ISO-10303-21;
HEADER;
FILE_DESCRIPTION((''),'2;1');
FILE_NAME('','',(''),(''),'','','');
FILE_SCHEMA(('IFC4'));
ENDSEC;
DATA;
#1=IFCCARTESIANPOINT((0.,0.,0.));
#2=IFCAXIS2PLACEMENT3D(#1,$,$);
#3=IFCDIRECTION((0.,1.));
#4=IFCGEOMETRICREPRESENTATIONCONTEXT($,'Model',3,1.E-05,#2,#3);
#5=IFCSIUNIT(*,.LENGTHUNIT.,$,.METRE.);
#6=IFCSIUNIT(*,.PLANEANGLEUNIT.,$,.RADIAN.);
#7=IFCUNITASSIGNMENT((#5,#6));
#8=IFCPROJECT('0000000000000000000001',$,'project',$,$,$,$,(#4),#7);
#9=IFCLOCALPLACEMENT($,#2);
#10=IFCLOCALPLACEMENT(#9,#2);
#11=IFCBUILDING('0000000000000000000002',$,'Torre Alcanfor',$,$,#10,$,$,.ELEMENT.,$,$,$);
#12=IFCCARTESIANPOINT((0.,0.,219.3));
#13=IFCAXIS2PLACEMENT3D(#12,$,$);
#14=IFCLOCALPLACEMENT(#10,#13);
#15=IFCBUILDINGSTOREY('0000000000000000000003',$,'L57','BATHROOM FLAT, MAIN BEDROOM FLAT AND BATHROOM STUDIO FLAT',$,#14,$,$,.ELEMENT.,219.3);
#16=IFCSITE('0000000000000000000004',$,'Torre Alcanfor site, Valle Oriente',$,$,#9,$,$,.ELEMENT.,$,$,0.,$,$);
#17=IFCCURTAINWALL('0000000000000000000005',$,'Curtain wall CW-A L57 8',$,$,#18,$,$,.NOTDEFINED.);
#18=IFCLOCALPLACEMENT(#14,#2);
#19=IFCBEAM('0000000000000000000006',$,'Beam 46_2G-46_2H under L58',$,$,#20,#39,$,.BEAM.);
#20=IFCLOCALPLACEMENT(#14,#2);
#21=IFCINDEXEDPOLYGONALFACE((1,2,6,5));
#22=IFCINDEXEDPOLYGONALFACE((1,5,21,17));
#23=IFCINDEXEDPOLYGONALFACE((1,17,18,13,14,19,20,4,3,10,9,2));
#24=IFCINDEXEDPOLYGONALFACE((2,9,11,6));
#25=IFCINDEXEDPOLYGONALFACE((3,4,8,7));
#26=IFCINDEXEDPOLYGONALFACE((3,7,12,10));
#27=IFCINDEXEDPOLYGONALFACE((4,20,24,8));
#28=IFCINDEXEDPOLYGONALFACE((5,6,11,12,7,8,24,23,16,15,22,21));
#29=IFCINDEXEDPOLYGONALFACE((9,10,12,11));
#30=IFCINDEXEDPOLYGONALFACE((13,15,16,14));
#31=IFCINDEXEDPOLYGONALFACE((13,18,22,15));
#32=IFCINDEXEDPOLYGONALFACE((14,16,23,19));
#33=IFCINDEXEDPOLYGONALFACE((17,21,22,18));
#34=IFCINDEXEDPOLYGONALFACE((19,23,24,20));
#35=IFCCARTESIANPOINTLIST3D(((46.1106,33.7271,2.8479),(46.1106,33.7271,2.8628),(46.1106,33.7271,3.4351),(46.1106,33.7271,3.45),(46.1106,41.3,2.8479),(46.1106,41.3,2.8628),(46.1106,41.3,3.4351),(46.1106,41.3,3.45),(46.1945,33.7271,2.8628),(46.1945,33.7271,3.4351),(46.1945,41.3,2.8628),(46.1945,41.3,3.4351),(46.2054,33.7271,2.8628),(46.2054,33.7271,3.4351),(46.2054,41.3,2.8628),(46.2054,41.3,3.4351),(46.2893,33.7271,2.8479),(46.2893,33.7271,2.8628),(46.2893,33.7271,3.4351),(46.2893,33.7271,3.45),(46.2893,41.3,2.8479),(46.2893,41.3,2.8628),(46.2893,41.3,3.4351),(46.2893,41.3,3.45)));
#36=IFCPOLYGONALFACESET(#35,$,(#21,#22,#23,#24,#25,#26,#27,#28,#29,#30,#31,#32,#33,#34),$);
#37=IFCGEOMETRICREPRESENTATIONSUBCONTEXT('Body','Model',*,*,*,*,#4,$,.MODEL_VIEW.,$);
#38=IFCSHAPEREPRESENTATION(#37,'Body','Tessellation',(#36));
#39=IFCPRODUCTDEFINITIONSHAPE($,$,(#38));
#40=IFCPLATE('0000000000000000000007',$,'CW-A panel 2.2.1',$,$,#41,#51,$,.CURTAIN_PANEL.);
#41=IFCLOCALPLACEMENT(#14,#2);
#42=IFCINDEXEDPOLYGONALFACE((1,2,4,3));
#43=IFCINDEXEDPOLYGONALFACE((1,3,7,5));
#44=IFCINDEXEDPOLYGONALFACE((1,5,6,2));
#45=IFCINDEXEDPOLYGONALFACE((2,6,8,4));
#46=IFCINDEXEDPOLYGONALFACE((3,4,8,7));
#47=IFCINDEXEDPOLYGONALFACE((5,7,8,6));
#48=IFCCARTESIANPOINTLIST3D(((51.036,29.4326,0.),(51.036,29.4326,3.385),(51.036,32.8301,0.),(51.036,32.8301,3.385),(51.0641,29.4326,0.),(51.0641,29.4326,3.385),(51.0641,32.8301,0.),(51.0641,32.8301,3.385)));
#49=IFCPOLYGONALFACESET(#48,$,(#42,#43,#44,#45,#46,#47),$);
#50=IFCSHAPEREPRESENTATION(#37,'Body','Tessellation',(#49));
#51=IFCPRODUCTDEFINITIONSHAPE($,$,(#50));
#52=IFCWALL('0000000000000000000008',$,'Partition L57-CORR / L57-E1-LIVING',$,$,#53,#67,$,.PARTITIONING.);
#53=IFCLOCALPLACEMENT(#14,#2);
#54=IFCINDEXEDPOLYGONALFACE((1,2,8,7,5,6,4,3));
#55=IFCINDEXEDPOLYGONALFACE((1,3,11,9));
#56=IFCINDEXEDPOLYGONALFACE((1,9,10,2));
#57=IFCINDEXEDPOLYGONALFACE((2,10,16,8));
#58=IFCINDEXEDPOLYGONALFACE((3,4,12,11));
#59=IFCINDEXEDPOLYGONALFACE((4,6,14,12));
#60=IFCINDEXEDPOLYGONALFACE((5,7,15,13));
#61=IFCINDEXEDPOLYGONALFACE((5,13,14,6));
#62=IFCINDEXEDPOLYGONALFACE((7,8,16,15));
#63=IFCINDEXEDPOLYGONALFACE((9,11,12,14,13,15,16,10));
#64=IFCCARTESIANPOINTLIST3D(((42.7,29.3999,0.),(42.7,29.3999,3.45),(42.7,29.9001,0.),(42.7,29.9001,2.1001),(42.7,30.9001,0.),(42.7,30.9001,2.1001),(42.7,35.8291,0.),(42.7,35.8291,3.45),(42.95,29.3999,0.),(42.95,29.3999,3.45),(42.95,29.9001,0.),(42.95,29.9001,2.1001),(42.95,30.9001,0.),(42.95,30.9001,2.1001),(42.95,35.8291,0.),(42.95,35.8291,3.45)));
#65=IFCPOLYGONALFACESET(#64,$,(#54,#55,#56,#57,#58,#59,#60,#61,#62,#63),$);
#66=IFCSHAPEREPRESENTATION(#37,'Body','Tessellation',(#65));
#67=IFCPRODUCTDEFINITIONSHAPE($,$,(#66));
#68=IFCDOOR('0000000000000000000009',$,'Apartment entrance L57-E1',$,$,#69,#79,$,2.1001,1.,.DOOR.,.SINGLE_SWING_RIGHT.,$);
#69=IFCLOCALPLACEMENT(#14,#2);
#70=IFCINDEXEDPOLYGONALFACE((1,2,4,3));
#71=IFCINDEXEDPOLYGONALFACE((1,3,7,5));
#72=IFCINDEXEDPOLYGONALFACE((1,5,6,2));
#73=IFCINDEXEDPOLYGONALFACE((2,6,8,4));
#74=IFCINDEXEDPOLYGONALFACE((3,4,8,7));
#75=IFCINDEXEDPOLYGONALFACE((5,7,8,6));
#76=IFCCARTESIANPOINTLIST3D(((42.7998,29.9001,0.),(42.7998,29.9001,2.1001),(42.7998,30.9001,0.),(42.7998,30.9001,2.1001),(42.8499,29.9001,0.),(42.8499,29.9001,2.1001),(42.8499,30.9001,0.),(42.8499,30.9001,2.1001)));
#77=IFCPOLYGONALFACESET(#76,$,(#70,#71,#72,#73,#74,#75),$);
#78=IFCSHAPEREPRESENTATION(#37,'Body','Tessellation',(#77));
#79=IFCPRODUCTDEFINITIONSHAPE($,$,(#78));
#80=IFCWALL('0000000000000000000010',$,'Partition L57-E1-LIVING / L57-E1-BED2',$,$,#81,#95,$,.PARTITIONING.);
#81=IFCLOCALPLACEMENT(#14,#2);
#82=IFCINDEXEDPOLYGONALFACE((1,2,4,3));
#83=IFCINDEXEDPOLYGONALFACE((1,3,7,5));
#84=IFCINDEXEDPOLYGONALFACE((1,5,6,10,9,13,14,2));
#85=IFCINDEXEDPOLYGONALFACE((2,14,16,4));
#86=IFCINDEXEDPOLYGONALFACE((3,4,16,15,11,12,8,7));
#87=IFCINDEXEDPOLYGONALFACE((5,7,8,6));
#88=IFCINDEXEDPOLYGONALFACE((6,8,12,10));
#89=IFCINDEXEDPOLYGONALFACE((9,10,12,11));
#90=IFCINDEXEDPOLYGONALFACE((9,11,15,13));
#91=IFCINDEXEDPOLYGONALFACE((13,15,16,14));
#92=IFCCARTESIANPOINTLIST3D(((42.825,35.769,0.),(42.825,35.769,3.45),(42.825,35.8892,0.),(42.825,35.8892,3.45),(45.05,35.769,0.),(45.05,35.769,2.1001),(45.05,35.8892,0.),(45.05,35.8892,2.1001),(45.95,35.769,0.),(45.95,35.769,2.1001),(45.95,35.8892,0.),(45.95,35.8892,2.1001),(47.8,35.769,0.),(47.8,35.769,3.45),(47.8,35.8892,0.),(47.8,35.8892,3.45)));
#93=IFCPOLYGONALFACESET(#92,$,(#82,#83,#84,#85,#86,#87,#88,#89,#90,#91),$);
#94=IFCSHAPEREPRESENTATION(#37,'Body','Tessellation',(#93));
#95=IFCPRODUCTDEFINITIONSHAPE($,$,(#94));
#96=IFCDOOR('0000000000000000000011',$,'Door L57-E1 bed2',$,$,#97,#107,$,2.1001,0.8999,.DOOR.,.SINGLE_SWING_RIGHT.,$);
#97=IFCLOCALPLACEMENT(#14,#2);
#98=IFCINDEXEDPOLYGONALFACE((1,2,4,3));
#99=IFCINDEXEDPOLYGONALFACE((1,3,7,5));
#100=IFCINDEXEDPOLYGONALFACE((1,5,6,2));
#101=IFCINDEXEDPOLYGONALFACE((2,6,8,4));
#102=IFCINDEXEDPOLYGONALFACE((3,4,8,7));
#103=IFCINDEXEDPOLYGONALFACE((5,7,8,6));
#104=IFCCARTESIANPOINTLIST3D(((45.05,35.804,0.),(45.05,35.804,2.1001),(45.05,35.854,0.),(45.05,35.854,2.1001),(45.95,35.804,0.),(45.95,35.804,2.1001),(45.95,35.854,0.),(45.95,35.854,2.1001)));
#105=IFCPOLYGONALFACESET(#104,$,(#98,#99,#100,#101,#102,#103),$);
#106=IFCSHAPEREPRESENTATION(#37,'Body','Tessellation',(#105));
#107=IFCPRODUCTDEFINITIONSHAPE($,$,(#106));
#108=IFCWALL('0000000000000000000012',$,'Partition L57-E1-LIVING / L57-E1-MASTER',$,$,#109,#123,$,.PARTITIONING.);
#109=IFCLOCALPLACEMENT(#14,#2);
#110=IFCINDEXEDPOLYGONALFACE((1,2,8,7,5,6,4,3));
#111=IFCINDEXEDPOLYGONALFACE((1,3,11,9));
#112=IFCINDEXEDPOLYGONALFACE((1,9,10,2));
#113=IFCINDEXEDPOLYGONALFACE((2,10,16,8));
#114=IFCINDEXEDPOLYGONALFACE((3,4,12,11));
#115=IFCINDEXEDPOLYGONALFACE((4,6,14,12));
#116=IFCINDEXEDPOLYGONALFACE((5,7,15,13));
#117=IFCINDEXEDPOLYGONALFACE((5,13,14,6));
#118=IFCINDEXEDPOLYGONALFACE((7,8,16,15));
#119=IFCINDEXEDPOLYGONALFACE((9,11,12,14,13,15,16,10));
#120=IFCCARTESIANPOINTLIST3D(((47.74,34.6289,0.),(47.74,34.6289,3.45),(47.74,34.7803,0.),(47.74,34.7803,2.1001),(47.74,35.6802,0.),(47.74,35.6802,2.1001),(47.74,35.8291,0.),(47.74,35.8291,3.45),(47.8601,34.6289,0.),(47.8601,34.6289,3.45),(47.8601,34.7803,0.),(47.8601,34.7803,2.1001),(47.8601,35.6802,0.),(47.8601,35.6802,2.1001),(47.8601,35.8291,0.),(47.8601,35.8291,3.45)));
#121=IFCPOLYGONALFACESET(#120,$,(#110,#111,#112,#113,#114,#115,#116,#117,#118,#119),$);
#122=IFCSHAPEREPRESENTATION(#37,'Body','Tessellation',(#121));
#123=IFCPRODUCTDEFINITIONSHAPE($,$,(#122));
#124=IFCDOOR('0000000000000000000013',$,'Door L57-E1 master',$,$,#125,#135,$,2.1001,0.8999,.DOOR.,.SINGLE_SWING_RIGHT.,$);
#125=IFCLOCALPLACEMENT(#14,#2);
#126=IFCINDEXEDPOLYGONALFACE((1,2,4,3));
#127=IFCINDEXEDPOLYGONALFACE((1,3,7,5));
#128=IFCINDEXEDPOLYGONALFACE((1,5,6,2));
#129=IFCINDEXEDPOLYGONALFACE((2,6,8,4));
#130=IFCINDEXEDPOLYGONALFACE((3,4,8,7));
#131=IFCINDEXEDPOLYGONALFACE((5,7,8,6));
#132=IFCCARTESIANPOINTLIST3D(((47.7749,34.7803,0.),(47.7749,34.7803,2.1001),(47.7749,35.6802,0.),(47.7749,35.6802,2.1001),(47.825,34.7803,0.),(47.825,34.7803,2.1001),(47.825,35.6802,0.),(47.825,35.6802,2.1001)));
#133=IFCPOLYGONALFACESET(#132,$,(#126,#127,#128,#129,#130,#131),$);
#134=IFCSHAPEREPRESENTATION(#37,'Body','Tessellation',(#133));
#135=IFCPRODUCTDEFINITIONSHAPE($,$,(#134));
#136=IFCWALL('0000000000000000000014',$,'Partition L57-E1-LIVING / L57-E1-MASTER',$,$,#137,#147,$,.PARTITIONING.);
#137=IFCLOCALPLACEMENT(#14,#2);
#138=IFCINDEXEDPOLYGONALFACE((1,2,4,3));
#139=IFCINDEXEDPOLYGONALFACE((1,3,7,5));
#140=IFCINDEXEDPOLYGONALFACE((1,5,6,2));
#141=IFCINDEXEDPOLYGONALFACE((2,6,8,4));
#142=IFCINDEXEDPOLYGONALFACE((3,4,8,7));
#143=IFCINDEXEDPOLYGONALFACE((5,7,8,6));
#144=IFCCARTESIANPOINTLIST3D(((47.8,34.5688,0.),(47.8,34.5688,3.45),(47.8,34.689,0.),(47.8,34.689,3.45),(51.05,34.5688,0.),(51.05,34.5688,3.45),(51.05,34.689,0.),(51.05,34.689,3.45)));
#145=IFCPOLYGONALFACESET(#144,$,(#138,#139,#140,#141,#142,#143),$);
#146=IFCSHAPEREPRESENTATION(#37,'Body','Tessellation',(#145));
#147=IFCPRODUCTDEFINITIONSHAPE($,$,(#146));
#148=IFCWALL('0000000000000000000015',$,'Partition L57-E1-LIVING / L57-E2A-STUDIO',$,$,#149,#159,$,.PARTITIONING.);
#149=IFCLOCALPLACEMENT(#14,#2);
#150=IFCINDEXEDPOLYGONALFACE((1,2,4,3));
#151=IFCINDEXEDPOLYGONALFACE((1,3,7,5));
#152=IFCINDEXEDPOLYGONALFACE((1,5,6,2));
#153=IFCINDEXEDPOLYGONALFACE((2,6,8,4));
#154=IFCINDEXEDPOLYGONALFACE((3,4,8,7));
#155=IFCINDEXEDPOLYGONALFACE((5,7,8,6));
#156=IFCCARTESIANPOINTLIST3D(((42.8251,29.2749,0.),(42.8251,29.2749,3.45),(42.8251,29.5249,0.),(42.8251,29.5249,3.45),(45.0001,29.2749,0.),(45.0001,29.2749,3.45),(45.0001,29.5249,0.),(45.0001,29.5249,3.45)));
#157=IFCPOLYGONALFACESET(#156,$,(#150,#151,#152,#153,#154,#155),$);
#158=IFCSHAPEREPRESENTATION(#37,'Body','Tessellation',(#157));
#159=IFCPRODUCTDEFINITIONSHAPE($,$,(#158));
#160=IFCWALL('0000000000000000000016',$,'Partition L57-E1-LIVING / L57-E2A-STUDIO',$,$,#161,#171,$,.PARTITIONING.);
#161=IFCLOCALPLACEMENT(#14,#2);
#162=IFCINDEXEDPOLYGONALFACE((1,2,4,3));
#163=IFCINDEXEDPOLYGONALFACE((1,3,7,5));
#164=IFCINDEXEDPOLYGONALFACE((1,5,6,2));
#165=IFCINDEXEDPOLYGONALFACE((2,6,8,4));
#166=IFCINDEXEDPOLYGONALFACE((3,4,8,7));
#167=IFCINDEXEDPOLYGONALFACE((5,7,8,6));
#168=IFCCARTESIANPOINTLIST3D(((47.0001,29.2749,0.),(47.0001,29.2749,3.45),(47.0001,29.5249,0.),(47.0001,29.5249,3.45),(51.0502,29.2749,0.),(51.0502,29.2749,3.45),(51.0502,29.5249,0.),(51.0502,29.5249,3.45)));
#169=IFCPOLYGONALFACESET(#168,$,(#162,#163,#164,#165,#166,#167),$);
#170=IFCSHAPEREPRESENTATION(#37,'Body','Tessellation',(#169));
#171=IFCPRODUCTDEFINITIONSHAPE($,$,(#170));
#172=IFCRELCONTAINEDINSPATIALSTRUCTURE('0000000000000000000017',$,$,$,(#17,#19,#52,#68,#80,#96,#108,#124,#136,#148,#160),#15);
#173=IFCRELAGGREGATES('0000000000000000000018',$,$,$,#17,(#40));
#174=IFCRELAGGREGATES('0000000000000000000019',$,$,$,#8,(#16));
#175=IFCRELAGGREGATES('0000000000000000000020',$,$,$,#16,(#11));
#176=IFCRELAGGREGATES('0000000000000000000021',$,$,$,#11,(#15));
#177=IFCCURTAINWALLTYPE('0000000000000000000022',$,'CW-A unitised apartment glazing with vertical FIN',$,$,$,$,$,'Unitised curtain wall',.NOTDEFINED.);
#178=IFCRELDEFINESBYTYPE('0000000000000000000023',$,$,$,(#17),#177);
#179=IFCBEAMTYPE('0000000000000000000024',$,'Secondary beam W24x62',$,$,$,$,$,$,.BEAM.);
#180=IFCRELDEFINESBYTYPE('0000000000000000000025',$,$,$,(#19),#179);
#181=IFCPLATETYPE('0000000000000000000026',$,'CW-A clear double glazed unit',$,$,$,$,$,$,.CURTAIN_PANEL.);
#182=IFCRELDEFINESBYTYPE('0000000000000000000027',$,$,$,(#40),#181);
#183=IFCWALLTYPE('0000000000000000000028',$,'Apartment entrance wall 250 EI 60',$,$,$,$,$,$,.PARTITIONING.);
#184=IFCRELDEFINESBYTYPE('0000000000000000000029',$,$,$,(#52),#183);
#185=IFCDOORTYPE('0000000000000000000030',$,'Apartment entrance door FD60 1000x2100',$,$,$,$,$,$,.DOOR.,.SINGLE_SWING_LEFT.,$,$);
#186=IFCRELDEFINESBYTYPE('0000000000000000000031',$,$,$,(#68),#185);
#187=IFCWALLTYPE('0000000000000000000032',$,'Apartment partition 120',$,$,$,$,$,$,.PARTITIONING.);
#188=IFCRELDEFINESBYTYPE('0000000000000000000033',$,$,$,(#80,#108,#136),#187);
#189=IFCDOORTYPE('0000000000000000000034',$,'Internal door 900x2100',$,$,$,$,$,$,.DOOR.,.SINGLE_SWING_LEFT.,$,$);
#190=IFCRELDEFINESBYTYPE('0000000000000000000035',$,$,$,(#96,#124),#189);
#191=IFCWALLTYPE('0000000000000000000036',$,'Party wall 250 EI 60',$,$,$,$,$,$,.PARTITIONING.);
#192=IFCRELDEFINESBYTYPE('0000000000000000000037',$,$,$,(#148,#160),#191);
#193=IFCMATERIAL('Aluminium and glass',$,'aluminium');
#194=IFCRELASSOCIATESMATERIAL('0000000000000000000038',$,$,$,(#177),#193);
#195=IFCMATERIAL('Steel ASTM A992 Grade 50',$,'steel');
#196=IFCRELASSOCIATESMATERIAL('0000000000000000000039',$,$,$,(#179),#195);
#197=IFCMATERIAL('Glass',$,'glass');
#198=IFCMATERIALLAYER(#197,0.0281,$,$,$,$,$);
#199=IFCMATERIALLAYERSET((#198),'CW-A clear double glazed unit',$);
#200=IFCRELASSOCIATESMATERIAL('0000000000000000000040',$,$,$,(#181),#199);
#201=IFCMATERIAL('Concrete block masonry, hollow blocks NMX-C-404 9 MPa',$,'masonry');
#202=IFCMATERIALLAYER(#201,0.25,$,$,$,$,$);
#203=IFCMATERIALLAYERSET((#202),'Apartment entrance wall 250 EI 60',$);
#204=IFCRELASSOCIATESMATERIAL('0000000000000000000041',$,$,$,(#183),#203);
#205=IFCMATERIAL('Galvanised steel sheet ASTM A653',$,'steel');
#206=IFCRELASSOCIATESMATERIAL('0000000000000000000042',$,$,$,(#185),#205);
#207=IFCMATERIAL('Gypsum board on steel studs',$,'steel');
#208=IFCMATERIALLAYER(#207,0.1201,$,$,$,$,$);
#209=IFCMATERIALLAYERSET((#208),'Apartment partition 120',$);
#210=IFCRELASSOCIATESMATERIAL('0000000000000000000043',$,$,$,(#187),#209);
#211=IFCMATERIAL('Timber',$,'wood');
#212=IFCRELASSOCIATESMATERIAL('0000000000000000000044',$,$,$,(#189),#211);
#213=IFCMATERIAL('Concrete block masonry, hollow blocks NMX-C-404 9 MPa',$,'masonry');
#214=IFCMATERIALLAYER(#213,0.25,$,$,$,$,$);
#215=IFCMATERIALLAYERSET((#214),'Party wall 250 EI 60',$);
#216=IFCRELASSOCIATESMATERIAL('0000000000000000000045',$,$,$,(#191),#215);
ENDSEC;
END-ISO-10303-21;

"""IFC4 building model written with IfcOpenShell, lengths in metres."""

from ifc_helpers import new_model, si_unit, direction, frame, frame_2d, origin, origin_2d, place, context, subcontext, project, spatial, rectangle, i_section, extrude, material, layer, layer_set, material_profile, profile_set, type_object, element, fill, aggregate, save


model = new_model("IFC4")

# Units and contexts
model_context = context("Model", 3, precision=1e-05, world=origin(), true_north=direction((0.0, 1.0)))
body_context = subcontext(model_context, "Body", "Model", "MODEL_VIEW")
ifc_project = project(units=[si_unit("LENGTHUNIT", "METRE"), si_unit("PLANEANGLEUNIT", "RADIAN")], contexts=[model_context])

# Site, building, storey
site_placement = place(None, origin())
site = spatial("IfcSite", under=ifc_project, at=site_placement, Name="Torre Alcanfor site, Valle Oriente", CompositionType="ELEMENT", RefElevation=0.0)
building_placement = place(site_placement, origin())
building = spatial("IfcBuilding", under=site, at=building_placement, Name="Torre Alcanfor", CompositionType="ELEMENT")
storey_placement = place(building_placement, frame((0.0, 0.0, 219.3)))
storey = spatial("IfcBuildingStorey", under=building, at=storey_placement, Name="L57", Description="BATHROOM FLAT, MAIN BEDROOM FLAT AND BATHROOM STUDIO FLAT", CompositionType="ELEMENT", Elevation=219.3)

# Curtain wall
ifc_material_1 = material(Name="Aluminium and glass", Category="aluminium")
curtain_wall_type = type_object("IfcCurtainWallType", Name="CW-A unitised apartment glazing with vertical FIN", ElementType="Unitised curtain wall", PredefinedType="NOTDEFINED", material=ifc_material_1)
curtain_wall_placement = place(storey_placement, origin())
curtain_wall = element("IfcCurtainWall", 1, at=curtain_wall_placement, inside=storey, type_object=curtain_wall_type, Name="Curtain wall CW-A L57 8", PredefinedType="NOTDEFINED")

# Beam
ifc_material_2 = material(Name="Steel ASTM A992 Grade 50", Category="steel")
ifc_material_profile_1 = material_profile(ifc_material_2, i_section(OverallWidth=0.1787, OverallDepth=0.6021, WebThickness=0.011, FlangeThickness=0.0149, at=origin_2d()), Name="W24x62")
ifc_profile_set_1 = profile_set([ifc_material_profile_1], Name="Steel ASTM A992 Grade 50")
beam_type_1 = type_object("IfcBeamType", Name="Secondary beam W24x62", PredefinedType="BEAM", material=ifc_profile_set_1)
beam_1_placement = place(storey_placement, frame((46.2, 33.7271, 3.1489), z_axis=(0.0, 1.0, 0.0), x_axis=(-1.0, 0.0, 0.0)))
element("IfcBeam", 2, at=beam_1_placement, inside=storey, type_object=beam_type_1, Name="Beam 46_2G-46_2H under L58", PredefinedType="BEAM", context=body_context, shape_type="SweptSolid", body=[
    extrude(i_section(OverallWidth=0.1787, OverallDepth=0.6021, WebThickness=0.011, FlangeThickness=0.0149, at=origin_2d()), origin(), (0.0, 0.0, 1.0), 7.573),
])

# Plate
ifc_material_3 = material(Name="Glass", Category="glass")
ifc_layer_1 = layer(ifc_material_3, 0.0281)
ifc_layer_set_1 = layer_set([ifc_layer_1], Name="CW-A clear double glazed unit")
plate_type = type_object("IfcPlateType", Name="CW-A clear double glazed unit", PredefinedType="CURTAIN_PANEL", material=ifc_layer_set_1)
plate_placement = place(storey_placement, frame((51.05, 31.1313, 0.0), z_axis=(0.0, 0.0, 1.0), x_axis=(0.0, 1.0, 0.0)))
plate = element("IfcPlate", 3, at=plate_placement, type_object=plate_type, Name="CW-A panel 2.2.1", PredefinedType="CURTAIN_PANEL", context=body_context, shape_type="SweptSolid", body=[
    extrude(rectangle(XDim=3.3975, YDim=0.0281, at=origin_2d()), origin(), (0.0, 0.0, 1.0), 3.385),
])
aggregate(curtain_wall, [plate])

# Walls, openings, doors
ifc_material_4 = material(Name="Concrete block masonry, hollow blocks NMX-C-404 9 MPa", Category="masonry")
ifc_layer_2 = layer(ifc_material_4, 0.25)
ifc_layer_set_2 = layer_set([ifc_layer_2], Name="Apartment entrance wall 250 EI 60")
wall_type_1 = type_object("IfcWallType", Name="Apartment entrance wall 250 EI 60", PredefinedType="PARTITIONING", material=ifc_layer_set_2)
wall_1_placement = place(storey_placement, frame((42.825, 35.8291, 0.0), z_axis=(0.0, 0.0, 1.0), x_axis=(0.0, -1.0, 0.0)))
wall_1 = element("IfcWall", 4, at=wall_1_placement, inside=storey, type_object=wall_type_1, Name="Partition L57-CORR / L57-E1-LIVING", PredefinedType="PARTITIONING", context=body_context, shape_type="SweptSolid", body=[
    extrude(rectangle(XDim=6.4292, YDim=0.25, at=frame_2d((3.2146, 0.0))), origin(), (0.0, 0.0, 1.0), 3.45),
])
opening_1_placement = place(wall_1_placement, frame((4.929, 0.0, 0.0)))
opening_1 = element("IfcOpeningElement", 5, at=opening_1_placement, cuts=wall_1, PredefinedType="OPENING", context=body_context, shape_type="SweptSolid", body=[
    extrude(rectangle(XDim=1.0, YDim=2.1001, at=frame_2d((0.5, 1.05))), frame((0.0, 0.135, 0.0), z_axis=(0.0, -1.0, 0.0), x_axis=(1.0, 0.0, 0.0)), (0.0, 0.0, 1.0), 0.27),
])
ifc_material_5 = material(Name="Galvanised steel sheet ASTM A653", Category="steel")
door_type_1 = type_object("IfcDoorType", Name="Apartment entrance door FD60 1000x2100", OperationType="SINGLE_SWING_LEFT", PredefinedType="DOOR", material=ifc_material_5)
door_1_placement = place(opening_1_placement, origin())
door_1 = element("IfcDoor", 6, at=door_1_placement, inside=storey, type_object=door_type_1, Name="Apartment entrance L57-E1", OperationType="SINGLE_SWING_RIGHT", OverallHeight=2.1001, OverallWidth=1.0, PredefinedType="DOOR", context=body_context, shape_type="SweptSolid", body=[
    extrude(rectangle(XDim=1.0, YDim=2.1001, at=frame_2d((0.5, 1.05))), frame((0.0, 0.0249, 0.0), z_axis=(0.0, -1.0, 0.0), x_axis=(1.0, 0.0, 0.0)), (0.0, 0.0, 1.0), 0.05),
])
fill(opening_1, door_1)
ifc_material_6 = material(Name="Gypsum board on steel studs", Category="steel")
ifc_layer_3 = layer(ifc_material_6, 0.1201)
ifc_layer_set_3 = layer_set([ifc_layer_3], Name="Apartment partition 120")
wall_type_2 = type_object("IfcWallType", Name="Apartment partition 120", PredefinedType="PARTITIONING", material=ifc_layer_set_3)
wall_2_placement = place(storey_placement, frame((42.825, 35.8291, 0.0), z_axis=(0.0, 0.0, 1.0), x_axis=(1.0, 0.0, 0.0)))
wall_2 = element("IfcWall", 7, at=wall_2_placement, inside=storey, type_object=wall_type_2, Name="Partition L57-E1-LIVING / L57-E1-BED2", PredefinedType="PARTITIONING", context=body_context, shape_type="SweptSolid", body=[
    extrude(rectangle(XDim=4.9751, YDim=0.1201, at=frame_2d((2.4875, 0.0))), origin(), (0.0, 0.0, 1.0), 3.45),
])
opening_2_placement = place(wall_2_placement, frame((2.2251, 0.0, 0.0)))
opening_2 = element("IfcOpeningElement", 8, at=opening_2_placement, cuts=wall_2, PredefinedType="OPENING", context=body_context, shape_type="SweptSolid", body=[
    extrude(rectangle(XDim=0.8999, YDim=2.1001, at=frame_2d((0.45, 1.05))), frame((0.0, 0.0701, 0.0), z_axis=(0.0, -1.0, 0.0), x_axis=(1.0, 0.0, 0.0)), (0.0, 0.0, 1.0), 0.1401),
])
ifc_material_7 = material(Name="Timber", Category="wood")
door_type_2 = type_object("IfcDoorType", Name="Internal door 900x2100", OperationType="SINGLE_SWING_LEFT", PredefinedType="DOOR", material=ifc_material_7)
door_2_placement = place(opening_2_placement, origin())
door_2 = element("IfcDoor", 9, at=door_2_placement, inside=storey, type_object=door_type_2, Name="Door L57-E1 bed2", OperationType="SINGLE_SWING_RIGHT", OverallHeight=2.1001, OverallWidth=0.8999, PredefinedType="DOOR", context=body_context, shape_type="SweptSolid", body=[
    extrude(rectangle(XDim=0.8999, YDim=2.1001, at=frame_2d((0.45, 1.05))), frame((0.0, 0.0249, 0.0), z_axis=(0.0, -1.0, 0.0), x_axis=(1.0, 0.0, 0.0)), (0.0, 0.0, 1.0), 0.05),
])
fill(opening_2, door_2)
wall_3_placement = place(storey_placement, frame((47.8, 35.8291, 0.0), z_axis=(0.0, 0.0, 1.0), x_axis=(0.0, -1.0, 0.0)))
wall_3 = element("IfcWall", 10, at=wall_3_placement, inside=storey, type_object=wall_type_2, Name="Partition L57-E1-LIVING / L57-E1-MASTER", PredefinedType="PARTITIONING", context=body_context, shape_type="SweptSolid", body=[
    extrude(rectangle(XDim=1.2002, YDim=0.1201, at=frame_2d((0.6001, 0.0))), origin(), (0.0, 0.0, 1.0), 3.45),
])
opening_3_placement = place(wall_3_placement, frame((0.1489, 0.0, 0.0)))
opening_3 = element("IfcOpeningElement", 11, at=opening_3_placement, cuts=wall_3, PredefinedType="OPENING", context=body_context, shape_type="SweptSolid", body=[
    extrude(rectangle(XDim=0.8999, YDim=2.1001, at=frame_2d((0.45, 1.05))), frame((0.0, 0.0701, 0.0), z_axis=(0.0, -1.0, 0.0), x_axis=(1.0, 0.0, 0.0)), (0.0, 0.0, 1.0), 0.1401),
])
door_3_placement = place(opening_3_placement, origin())
door_3 = element("IfcDoor", 12, at=door_3_placement, inside=storey, type_object=door_type_2, Name="Door L57-E1 master", OperationType="SINGLE_SWING_RIGHT", OverallHeight=2.1001, OverallWidth=0.8999, PredefinedType="DOOR", context=body_context, shape_type="SweptSolid", body=[
    extrude(rectangle(XDim=0.8999, YDim=2.1001, at=frame_2d((0.45, 1.05))), frame((0.0, 0.0249, 0.0), z_axis=(0.0, -1.0, 0.0), x_axis=(1.0, 0.0, 0.0)), (0.0, 0.0, 1.0), 0.05),
])
fill(opening_3, door_3)

# Walls
wall_4_placement = place(storey_placement, frame((47.8, 34.6289, 0.0), z_axis=(0.0, 0.0, 1.0), x_axis=(1.0, 0.0, 0.0)))
element("IfcWall", 13, at=wall_4_placement, inside=storey, type_object=wall_type_2, Name="Partition L57-E1-LIVING / L57-E1-MASTER", PredefinedType="PARTITIONING", context=body_context, shape_type="SweptSolid", body=[
    extrude(rectangle(XDim=3.25, YDim=0.1201, at=frame_2d((1.625, 0.0))), origin(), (0.0, 0.0, 1.0), 3.45),
])
ifc_material_8 = material(Name="Concrete block masonry, hollow blocks NMX-C-404 9 MPa", Category="masonry")
ifc_layer_4 = layer(ifc_material_8, 0.25)
ifc_layer_set_4 = layer_set([ifc_layer_4], Name="Party wall 250 EI 60")
wall_type_3 = type_object("IfcWallType", Name="Party wall 250 EI 60", PredefinedType="PARTITIONING", material=ifc_layer_set_4)
wall_5_placement = place(storey_placement, frame((45.0, 29.3999, 0.0), z_axis=(0.0, 0.0, 1.0), x_axis=(-1.0, 0.0, 0.0)))
element("IfcWall", 14, at=wall_5_placement, inside=storey, type_object=wall_type_3, Name="Partition L57-E1-LIVING / L57-E2A-STUDIO", PredefinedType="PARTITIONING", context=body_context, shape_type="SweptSolid", body=[
    extrude(rectangle(XDim=2.175, YDim=0.25, at=frame_2d((1.0874, 0.0))), origin(), (0.0, 0.0, 1.0), 3.45),
])
wall_6_placement = place(storey_placement, frame((51.05, 29.3999, 0.0), z_axis=(0.0, 0.0, 1.0), x_axis=(-1.0, 0.0, 0.0)))
element("IfcWall", 15, at=wall_6_placement, inside=storey, type_object=wall_type_3, Name="Partition L57-E1-LIVING / L57-E2A-STUDIO", PredefinedType="PARTITIONING", context=body_context, shape_type="SweptSolid", body=[
    extrude(rectangle(XDim=4.05, YDim=0.25, at=frame_2d((2.0249, 0.0))), origin(), (0.0, 0.0, 1.0), 3.45),
])

save(model, "model.ifc")
